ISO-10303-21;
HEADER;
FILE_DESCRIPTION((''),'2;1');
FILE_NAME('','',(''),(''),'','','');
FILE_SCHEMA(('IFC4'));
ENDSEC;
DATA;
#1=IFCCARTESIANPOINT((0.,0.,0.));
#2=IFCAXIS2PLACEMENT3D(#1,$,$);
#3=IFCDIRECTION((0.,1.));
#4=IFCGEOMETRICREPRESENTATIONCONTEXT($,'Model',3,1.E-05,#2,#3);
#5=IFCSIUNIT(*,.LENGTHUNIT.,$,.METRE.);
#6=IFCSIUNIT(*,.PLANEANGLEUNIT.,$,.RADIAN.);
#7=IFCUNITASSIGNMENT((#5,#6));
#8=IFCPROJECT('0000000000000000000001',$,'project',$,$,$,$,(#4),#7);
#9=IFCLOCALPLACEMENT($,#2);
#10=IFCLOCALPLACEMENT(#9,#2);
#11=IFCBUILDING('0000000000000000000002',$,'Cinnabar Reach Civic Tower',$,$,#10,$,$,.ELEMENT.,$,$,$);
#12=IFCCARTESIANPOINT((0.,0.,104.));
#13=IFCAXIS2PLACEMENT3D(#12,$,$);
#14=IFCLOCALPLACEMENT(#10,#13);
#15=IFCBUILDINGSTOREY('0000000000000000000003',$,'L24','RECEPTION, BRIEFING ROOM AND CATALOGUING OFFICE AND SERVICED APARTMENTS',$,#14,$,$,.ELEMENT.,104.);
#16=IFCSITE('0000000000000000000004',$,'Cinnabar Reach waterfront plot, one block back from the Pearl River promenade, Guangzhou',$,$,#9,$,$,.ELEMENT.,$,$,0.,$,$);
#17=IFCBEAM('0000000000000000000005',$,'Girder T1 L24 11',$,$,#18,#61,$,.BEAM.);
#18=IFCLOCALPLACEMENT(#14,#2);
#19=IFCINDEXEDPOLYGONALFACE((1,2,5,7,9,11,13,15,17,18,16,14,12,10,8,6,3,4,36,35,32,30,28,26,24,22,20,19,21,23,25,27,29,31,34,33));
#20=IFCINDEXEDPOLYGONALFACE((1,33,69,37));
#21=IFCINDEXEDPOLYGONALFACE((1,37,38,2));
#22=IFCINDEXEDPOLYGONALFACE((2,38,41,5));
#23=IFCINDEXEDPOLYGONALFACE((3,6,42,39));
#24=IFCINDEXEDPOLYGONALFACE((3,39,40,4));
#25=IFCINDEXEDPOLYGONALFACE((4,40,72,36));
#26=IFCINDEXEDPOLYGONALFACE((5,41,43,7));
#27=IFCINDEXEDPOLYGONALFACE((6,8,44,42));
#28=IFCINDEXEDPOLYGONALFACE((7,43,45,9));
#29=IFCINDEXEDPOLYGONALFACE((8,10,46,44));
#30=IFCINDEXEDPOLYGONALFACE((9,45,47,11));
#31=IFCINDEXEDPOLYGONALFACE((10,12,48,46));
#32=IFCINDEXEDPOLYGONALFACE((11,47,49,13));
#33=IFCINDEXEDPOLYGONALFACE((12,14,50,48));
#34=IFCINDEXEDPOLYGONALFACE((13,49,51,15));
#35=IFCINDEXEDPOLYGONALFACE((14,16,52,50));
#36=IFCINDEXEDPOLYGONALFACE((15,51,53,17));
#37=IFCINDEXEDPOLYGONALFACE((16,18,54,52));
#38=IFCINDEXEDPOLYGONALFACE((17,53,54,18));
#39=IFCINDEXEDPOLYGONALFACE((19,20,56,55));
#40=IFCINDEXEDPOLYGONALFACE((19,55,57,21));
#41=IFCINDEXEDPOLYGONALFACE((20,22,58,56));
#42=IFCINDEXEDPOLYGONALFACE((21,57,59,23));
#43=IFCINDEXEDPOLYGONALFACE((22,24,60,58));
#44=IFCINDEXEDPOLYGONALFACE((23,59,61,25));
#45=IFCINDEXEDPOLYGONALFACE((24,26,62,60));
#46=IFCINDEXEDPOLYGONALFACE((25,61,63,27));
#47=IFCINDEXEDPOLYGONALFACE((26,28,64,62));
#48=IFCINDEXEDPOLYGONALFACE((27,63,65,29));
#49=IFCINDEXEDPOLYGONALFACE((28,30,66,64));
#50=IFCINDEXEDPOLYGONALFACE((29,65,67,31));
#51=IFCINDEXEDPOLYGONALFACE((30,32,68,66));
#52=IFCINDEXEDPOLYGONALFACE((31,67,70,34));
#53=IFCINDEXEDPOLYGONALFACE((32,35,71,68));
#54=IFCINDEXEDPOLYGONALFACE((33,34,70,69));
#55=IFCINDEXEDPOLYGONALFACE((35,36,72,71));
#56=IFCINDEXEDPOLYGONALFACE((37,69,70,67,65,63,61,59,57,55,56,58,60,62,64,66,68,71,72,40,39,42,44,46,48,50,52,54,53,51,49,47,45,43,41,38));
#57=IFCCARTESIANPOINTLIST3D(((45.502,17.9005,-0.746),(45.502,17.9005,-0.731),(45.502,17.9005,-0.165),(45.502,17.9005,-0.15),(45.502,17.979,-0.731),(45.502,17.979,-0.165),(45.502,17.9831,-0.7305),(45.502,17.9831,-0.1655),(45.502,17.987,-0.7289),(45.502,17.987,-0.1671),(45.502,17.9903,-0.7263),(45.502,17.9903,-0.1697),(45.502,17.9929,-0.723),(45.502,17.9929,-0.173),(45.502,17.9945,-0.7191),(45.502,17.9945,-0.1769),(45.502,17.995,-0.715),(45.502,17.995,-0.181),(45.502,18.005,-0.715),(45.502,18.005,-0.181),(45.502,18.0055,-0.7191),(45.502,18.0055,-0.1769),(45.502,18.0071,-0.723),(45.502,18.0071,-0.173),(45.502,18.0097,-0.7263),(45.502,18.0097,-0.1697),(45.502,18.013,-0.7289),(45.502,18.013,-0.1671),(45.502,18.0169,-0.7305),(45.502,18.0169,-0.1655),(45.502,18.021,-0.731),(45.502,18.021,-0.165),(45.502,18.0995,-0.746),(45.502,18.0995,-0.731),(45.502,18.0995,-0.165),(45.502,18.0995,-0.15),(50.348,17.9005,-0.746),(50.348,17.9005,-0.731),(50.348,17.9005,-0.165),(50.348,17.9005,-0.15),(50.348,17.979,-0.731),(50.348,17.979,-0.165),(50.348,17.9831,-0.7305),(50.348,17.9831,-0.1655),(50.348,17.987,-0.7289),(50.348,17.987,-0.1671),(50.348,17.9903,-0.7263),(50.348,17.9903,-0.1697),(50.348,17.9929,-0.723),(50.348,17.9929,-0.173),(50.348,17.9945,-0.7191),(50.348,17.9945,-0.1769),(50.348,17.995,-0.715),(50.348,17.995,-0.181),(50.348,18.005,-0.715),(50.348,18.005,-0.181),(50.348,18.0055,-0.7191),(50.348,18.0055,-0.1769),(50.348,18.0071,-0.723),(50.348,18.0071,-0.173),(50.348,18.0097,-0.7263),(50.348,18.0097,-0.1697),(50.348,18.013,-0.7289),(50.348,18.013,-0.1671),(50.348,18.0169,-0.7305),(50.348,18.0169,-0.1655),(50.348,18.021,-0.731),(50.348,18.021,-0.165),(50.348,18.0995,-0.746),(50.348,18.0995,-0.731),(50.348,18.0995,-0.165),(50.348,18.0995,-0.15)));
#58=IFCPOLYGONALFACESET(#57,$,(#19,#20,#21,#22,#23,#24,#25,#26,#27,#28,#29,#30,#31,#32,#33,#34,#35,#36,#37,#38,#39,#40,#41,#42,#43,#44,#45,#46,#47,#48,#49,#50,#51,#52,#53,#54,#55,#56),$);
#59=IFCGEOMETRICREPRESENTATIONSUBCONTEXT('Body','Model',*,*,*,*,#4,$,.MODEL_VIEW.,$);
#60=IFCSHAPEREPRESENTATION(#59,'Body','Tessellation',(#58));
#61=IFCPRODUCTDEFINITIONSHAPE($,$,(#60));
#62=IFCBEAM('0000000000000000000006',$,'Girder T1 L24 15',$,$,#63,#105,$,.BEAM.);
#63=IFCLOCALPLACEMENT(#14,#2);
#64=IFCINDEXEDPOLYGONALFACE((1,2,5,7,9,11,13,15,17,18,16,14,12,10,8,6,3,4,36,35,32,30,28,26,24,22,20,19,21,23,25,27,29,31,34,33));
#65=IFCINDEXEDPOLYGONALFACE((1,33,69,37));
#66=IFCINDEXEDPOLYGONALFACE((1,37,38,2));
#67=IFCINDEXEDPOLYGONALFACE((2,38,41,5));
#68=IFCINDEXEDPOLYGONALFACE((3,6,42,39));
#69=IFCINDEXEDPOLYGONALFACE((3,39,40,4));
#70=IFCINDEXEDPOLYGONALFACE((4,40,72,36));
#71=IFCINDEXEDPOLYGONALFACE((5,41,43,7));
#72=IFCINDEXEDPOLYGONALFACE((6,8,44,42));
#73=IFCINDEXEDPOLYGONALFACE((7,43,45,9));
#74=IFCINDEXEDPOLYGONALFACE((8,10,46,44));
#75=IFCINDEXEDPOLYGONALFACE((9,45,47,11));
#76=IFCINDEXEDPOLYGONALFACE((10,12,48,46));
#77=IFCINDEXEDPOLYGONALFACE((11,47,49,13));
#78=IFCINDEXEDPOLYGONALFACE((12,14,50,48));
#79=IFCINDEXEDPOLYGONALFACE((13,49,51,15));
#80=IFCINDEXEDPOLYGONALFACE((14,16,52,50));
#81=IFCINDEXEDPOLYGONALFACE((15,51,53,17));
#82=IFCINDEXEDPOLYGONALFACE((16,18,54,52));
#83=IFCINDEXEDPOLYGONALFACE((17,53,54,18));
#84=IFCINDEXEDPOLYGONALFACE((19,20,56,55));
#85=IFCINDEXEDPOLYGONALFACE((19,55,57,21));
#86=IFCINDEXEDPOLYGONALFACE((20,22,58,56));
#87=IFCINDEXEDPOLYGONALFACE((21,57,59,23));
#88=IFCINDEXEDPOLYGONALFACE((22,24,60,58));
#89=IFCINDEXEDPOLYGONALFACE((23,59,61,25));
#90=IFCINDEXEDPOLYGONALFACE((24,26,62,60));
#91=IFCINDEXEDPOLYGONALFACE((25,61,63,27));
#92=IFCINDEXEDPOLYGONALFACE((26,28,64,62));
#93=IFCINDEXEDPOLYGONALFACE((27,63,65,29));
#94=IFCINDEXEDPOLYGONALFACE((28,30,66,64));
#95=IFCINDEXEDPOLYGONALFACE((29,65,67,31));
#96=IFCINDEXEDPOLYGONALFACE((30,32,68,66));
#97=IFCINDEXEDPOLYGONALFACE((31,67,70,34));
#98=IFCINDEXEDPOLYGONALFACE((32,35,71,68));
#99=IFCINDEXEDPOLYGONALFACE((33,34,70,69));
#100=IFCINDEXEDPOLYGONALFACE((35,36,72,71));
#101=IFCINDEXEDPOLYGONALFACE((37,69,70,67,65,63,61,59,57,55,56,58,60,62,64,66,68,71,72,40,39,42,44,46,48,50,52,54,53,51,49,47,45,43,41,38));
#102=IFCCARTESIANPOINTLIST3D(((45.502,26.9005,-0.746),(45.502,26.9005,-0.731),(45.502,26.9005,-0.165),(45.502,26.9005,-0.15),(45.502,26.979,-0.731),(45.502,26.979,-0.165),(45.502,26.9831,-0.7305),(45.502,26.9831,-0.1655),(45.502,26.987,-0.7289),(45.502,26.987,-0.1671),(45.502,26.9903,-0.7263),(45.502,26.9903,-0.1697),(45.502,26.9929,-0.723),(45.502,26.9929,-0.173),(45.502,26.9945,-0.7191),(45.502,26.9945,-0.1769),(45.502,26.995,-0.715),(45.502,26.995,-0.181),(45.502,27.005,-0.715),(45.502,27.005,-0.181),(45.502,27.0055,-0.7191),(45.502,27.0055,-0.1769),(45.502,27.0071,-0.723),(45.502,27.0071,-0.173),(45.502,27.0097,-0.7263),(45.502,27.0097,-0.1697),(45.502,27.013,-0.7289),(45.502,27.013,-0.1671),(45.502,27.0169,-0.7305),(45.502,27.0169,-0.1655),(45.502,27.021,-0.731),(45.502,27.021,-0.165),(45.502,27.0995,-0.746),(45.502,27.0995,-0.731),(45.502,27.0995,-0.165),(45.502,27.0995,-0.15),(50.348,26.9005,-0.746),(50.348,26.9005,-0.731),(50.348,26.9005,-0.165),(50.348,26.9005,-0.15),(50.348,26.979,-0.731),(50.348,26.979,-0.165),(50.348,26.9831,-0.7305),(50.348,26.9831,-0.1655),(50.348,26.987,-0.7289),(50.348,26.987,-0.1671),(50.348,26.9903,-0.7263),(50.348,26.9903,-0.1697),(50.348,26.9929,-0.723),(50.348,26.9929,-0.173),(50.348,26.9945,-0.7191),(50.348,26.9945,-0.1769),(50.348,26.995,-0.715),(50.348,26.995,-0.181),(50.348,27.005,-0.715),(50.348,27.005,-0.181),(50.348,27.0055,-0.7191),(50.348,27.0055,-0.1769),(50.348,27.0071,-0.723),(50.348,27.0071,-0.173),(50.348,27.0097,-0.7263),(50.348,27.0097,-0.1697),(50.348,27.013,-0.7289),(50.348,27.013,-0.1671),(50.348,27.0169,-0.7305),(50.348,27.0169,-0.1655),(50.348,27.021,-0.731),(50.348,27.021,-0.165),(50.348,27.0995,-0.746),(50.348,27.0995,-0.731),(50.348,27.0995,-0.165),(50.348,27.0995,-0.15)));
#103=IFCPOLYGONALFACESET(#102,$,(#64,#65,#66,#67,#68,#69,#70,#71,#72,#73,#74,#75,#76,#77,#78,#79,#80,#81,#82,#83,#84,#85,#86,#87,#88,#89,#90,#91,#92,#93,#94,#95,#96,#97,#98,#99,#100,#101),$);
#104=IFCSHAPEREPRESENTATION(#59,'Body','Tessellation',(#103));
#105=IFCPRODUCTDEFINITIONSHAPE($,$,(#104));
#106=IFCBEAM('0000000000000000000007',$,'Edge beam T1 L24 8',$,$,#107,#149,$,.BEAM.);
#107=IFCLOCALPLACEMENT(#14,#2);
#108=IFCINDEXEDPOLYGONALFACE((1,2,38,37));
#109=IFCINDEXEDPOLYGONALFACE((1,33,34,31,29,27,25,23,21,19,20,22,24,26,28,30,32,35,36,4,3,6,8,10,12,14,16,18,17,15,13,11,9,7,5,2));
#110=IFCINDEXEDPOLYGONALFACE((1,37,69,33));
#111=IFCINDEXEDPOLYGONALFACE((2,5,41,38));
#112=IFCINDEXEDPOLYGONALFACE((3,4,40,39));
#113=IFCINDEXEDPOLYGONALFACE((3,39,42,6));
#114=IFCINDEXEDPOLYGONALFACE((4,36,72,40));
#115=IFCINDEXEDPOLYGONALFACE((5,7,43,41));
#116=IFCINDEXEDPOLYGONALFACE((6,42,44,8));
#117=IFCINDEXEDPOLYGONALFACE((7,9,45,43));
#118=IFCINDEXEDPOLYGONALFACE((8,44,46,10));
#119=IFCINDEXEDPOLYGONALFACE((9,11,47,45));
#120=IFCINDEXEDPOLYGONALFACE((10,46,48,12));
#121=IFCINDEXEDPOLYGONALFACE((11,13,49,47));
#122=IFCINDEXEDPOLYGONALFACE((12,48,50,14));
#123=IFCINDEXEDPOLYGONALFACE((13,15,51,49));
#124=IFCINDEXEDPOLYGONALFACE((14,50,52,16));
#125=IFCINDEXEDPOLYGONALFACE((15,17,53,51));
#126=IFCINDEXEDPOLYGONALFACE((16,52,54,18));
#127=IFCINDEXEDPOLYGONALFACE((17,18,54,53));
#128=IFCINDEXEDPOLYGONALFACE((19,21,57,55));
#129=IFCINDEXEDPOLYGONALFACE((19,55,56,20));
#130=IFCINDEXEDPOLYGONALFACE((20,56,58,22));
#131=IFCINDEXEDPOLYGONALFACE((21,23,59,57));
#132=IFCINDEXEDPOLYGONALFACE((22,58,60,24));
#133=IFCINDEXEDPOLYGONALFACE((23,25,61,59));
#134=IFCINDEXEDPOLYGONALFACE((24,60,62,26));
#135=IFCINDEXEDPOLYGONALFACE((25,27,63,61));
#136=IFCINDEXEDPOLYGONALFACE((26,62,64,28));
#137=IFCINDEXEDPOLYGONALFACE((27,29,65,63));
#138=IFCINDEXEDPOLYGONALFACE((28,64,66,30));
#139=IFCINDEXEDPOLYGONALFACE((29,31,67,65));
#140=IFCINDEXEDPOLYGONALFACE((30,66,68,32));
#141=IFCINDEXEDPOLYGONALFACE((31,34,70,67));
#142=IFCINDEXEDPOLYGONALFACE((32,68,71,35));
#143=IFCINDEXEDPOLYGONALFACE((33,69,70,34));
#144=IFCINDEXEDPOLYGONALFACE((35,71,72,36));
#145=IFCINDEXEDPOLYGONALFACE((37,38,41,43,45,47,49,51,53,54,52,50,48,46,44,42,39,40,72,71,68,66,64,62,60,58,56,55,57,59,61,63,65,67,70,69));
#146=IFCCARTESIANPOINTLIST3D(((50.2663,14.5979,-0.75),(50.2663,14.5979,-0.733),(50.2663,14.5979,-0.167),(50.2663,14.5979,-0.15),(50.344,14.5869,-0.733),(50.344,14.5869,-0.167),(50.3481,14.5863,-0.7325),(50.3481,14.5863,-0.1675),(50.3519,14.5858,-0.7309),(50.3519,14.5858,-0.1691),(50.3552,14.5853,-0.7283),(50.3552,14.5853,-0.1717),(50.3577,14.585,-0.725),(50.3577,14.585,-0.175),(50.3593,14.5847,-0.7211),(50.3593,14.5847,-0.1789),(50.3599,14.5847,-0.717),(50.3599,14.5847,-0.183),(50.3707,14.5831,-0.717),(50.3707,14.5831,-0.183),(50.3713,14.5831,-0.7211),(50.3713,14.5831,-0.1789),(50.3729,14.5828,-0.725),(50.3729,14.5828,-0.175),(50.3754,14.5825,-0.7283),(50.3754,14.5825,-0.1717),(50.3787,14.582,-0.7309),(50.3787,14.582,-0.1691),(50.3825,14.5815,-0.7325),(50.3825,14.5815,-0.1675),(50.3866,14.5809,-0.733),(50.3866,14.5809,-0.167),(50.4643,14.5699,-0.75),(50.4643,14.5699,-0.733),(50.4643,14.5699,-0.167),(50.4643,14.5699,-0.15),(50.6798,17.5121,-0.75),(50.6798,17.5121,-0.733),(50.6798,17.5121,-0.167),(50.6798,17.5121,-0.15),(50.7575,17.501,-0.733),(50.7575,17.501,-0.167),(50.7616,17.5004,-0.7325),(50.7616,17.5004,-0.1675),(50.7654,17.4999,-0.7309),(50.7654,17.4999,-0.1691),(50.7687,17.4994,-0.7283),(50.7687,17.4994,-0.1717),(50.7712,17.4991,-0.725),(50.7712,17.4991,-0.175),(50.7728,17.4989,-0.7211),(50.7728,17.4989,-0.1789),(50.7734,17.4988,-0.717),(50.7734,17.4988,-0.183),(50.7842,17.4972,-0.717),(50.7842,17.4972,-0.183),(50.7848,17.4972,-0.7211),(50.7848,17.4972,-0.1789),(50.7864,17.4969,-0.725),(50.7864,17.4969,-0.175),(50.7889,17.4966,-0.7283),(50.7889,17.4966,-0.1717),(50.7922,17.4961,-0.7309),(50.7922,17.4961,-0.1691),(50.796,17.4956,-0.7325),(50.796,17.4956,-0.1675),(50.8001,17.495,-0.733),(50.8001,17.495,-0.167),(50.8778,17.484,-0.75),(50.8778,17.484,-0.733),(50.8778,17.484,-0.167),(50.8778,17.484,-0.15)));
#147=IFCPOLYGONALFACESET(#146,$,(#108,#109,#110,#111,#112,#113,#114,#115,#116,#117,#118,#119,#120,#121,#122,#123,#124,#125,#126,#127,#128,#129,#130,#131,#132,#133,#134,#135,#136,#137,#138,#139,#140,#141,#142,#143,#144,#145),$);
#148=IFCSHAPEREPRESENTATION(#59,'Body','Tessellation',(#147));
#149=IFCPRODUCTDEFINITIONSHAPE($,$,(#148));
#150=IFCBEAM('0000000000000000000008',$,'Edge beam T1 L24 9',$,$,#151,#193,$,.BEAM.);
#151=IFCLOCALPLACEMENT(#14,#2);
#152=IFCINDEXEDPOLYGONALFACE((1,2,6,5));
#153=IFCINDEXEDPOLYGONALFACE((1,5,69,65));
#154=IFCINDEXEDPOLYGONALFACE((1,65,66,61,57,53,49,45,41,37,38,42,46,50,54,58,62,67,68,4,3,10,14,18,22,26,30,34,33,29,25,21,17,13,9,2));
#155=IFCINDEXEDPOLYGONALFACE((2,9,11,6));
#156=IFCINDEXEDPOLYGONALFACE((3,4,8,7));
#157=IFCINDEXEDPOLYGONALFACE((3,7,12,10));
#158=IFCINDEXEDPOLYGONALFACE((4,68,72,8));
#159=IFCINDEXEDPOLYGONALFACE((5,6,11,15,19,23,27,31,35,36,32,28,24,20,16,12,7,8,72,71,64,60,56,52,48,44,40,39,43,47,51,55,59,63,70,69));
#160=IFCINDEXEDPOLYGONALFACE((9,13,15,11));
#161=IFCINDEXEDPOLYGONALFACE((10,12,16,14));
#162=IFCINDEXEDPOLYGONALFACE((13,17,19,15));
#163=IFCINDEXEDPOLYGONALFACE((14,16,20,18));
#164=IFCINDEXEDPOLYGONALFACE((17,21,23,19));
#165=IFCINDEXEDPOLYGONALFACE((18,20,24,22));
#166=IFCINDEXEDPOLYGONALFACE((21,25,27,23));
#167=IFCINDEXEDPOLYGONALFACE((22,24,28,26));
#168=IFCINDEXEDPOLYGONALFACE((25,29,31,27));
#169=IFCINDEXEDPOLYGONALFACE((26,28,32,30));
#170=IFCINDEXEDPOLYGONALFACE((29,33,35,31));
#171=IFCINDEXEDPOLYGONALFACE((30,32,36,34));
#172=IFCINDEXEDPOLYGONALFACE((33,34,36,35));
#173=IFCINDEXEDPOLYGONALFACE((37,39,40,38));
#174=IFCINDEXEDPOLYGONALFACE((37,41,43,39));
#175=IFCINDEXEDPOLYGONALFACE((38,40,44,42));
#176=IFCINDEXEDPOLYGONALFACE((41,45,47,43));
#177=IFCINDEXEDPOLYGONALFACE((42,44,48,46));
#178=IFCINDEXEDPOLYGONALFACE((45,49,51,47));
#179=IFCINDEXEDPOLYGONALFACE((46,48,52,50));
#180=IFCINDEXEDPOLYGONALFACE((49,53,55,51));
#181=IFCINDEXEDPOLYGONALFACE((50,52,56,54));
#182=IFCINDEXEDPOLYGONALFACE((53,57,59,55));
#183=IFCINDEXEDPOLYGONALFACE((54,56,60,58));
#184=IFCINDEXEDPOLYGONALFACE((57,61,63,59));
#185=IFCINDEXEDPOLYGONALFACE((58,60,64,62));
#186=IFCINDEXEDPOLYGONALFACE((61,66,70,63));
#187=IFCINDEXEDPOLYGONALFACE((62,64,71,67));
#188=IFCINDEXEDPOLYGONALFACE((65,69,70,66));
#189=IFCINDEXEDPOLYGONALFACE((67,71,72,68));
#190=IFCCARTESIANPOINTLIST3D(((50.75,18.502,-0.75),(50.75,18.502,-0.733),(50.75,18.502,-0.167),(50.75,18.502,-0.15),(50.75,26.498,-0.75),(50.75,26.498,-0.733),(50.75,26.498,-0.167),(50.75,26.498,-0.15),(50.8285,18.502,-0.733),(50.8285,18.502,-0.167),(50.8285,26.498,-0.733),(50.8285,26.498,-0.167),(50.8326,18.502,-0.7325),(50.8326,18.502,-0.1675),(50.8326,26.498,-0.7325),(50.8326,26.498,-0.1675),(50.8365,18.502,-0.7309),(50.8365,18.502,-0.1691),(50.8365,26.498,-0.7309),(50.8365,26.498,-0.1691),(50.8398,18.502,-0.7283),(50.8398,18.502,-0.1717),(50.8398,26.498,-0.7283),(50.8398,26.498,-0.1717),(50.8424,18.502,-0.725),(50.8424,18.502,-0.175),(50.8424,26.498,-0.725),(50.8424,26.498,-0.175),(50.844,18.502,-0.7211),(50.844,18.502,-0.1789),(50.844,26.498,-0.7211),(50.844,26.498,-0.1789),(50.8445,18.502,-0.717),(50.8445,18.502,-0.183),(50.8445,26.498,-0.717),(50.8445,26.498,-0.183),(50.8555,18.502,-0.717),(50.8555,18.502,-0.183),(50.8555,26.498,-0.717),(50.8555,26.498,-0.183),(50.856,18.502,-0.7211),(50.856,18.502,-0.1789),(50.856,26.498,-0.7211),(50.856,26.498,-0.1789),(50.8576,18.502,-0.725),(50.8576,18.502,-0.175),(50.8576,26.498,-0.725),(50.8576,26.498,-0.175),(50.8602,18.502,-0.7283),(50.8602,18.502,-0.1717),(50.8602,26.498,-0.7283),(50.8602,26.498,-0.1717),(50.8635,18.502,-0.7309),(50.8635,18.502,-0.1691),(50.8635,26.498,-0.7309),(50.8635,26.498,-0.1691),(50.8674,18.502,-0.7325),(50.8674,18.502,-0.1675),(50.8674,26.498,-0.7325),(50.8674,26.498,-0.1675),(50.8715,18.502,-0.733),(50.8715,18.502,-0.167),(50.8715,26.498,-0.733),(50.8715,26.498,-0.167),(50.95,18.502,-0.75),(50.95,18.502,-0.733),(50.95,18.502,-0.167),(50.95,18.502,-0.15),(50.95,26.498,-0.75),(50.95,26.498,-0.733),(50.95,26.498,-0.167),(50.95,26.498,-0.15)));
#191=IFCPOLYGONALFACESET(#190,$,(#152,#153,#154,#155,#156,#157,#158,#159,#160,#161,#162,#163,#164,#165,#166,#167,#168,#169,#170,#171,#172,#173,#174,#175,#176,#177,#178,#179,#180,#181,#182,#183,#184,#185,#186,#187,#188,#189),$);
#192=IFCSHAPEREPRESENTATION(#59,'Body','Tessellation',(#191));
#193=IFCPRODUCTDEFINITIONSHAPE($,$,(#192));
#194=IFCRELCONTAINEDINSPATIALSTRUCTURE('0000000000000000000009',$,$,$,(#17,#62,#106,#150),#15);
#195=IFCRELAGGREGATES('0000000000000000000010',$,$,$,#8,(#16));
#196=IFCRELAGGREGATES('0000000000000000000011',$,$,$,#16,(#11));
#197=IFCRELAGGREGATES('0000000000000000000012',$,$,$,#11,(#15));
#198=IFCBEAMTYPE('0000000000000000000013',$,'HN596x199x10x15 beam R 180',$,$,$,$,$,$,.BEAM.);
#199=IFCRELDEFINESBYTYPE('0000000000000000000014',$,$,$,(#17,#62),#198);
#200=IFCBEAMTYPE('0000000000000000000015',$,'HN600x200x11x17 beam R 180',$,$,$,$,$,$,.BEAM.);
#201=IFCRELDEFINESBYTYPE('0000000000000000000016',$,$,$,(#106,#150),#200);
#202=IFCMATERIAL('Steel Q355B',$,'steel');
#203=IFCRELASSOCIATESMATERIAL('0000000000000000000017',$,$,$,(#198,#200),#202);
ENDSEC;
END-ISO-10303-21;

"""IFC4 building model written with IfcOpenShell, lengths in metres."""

from ifc_helpers import new_model, si_unit, direction, frame, origin, origin_2d, place, context, subcontext, project, spatial, i_section, extrude, material, material_profile, profile_set, type_object, element, save


model = new_model("IFC4")

# Units and contexts
model_context = context("Model", 3, precision=1e-05, world=origin(), true_north=direction((0.0, 1.0)))
body_context = subcontext(model_context, "Body", "Model", "MODEL_VIEW")
ifc_project = project(units=[si_unit("LENGTHUNIT", "METRE"), si_unit("PLANEANGLEUNIT", "RADIAN")], contexts=[model_context])

# Site, building, storey
site_placement = place(None, origin())
site = spatial("IfcSite", under=ifc_project, at=site_placement, Name="Cinnabar Reach waterfront plot, one block back from the Pearl River promenade, Guangzhou", CompositionType="ELEMENT", RefElevation=0.0)
building_placement = place(site_placement, origin())
building = spatial("IfcBuilding", under=site, at=building_placement, Name="Cinnabar Reach Civic Tower", CompositionType="ELEMENT")
storey_placement = place(building_placement, frame((0.0, 0.0, 104.0)))
storey = spatial("IfcBuildingStorey", under=building, at=storey_placement, Name="L24", Description="RECEPTION, BRIEFING ROOM AND CATALOGUING OFFICE AND SERVICED APARTMENTS", CompositionType="ELEMENT", Elevation=104.0)

# Beams
ifc_material_1 = material(Name="Steel Q355B", Category="steel")
ifc_material_profile_1 = material_profile(ifc_material_1, i_section(OverallWidth=0.199, OverallDepth=0.596, WebThickness=0.01, FlangeThickness=0.015, FilletRadius=0.016, at=origin_2d()), Name="HN596x199x10x15")
ifc_profile_set_1 = profile_set([ifc_material_profile_1], Name="Steel Q355B")
beam_type_1 = type_object("IfcBeamType", Name="HN596x199x10x15 beam R 180", PredefinedType="BEAM", material=ifc_profile_set_1)
for number, where, z_axis, x_axis, name in (
    (1, (45.502, 18.0, -0.448), (1.0, 0.0, 0.0), (0.0, 1.0, 0.0), "Girder T1 L24 11"),
    (2, (45.502, 27.0, -0.448), (1.0, 0.0, 0.0), (0.0, 1.0, 0.0), "Girder T1 L24 15"),
):
    element("IfcBeam", number, at=place(storey_placement, frame(where, z_axis=z_axis, x_axis=x_axis)), inside=storey, type_object=beam_type_1, Name=name, PredefinedType="BEAM", context=body_context, shape_type="SweptSolid", body=[
        extrude(i_section(OverallWidth=0.199, OverallDepth=0.596, WebThickness=0.01, FlangeThickness=0.015, FilletRadius=0.016, at=origin_2d()), origin(), (0.0, 0.0, 1.0), 4.846),
    ])
ifc_material_profile_2 = material_profile(ifc_material_1, i_section(OverallWidth=0.2, OverallDepth=0.6, WebThickness=0.011, FlangeThickness=0.017, FilletRadius=0.016, at=origin_2d()), Name="HN600x200x11x17")
ifc_profile_set_2 = profile_set([ifc_material_profile_2], Name="Steel Q355B")
beam_type_2 = type_object("IfcBeamType", Name="HN600x200x11x17 beam R 180", PredefinedType="BEAM", material=ifc_profile_set_2)
beam_1_placement = place(storey_placement, frame((50.3653, 14.5839, -0.45), z_axis=(0.140489, 0.990082, 0.0), x_axis=(-0.990082, 0.140489, 0.0)))
element("IfcBeam", 3, at=beam_1_placement, inside=storey, type_object=beam_type_2, Name="Edge beam T1 L24 8", PredefinedType="BEAM", context=body_context, shape_type="SweptSolid", body=[
    extrude(i_section(OverallWidth=0.2, OverallDepth=0.6, WebThickness=0.011, FlangeThickness=0.017, FilletRadius=0.016, at=origin_2d()), origin(), (0.0, 0.0, 1.0), 2.9433),
])
beam_2_placement = place(storey_placement, frame((50.85, 18.502, -0.45), z_axis=(0.0, 1.0, 0.0), x_axis=(-1.0, 0.0, 0.0)))
element("IfcBeam", 4, at=beam_2_placement, inside=storey, type_object=beam_type_2, Name="Edge beam T1 L24 9", PredefinedType="BEAM", context=body_context, shape_type="SweptSolid", body=[
    extrude(i_section(OverallWidth=0.2, OverallDepth=0.6, WebThickness=0.011, FlangeThickness=0.017, FilletRadius=0.016, at=origin_2d()), origin(), (0.0, 0.0, 1.0), 7.996),
])

save(model, "model.ifc")
